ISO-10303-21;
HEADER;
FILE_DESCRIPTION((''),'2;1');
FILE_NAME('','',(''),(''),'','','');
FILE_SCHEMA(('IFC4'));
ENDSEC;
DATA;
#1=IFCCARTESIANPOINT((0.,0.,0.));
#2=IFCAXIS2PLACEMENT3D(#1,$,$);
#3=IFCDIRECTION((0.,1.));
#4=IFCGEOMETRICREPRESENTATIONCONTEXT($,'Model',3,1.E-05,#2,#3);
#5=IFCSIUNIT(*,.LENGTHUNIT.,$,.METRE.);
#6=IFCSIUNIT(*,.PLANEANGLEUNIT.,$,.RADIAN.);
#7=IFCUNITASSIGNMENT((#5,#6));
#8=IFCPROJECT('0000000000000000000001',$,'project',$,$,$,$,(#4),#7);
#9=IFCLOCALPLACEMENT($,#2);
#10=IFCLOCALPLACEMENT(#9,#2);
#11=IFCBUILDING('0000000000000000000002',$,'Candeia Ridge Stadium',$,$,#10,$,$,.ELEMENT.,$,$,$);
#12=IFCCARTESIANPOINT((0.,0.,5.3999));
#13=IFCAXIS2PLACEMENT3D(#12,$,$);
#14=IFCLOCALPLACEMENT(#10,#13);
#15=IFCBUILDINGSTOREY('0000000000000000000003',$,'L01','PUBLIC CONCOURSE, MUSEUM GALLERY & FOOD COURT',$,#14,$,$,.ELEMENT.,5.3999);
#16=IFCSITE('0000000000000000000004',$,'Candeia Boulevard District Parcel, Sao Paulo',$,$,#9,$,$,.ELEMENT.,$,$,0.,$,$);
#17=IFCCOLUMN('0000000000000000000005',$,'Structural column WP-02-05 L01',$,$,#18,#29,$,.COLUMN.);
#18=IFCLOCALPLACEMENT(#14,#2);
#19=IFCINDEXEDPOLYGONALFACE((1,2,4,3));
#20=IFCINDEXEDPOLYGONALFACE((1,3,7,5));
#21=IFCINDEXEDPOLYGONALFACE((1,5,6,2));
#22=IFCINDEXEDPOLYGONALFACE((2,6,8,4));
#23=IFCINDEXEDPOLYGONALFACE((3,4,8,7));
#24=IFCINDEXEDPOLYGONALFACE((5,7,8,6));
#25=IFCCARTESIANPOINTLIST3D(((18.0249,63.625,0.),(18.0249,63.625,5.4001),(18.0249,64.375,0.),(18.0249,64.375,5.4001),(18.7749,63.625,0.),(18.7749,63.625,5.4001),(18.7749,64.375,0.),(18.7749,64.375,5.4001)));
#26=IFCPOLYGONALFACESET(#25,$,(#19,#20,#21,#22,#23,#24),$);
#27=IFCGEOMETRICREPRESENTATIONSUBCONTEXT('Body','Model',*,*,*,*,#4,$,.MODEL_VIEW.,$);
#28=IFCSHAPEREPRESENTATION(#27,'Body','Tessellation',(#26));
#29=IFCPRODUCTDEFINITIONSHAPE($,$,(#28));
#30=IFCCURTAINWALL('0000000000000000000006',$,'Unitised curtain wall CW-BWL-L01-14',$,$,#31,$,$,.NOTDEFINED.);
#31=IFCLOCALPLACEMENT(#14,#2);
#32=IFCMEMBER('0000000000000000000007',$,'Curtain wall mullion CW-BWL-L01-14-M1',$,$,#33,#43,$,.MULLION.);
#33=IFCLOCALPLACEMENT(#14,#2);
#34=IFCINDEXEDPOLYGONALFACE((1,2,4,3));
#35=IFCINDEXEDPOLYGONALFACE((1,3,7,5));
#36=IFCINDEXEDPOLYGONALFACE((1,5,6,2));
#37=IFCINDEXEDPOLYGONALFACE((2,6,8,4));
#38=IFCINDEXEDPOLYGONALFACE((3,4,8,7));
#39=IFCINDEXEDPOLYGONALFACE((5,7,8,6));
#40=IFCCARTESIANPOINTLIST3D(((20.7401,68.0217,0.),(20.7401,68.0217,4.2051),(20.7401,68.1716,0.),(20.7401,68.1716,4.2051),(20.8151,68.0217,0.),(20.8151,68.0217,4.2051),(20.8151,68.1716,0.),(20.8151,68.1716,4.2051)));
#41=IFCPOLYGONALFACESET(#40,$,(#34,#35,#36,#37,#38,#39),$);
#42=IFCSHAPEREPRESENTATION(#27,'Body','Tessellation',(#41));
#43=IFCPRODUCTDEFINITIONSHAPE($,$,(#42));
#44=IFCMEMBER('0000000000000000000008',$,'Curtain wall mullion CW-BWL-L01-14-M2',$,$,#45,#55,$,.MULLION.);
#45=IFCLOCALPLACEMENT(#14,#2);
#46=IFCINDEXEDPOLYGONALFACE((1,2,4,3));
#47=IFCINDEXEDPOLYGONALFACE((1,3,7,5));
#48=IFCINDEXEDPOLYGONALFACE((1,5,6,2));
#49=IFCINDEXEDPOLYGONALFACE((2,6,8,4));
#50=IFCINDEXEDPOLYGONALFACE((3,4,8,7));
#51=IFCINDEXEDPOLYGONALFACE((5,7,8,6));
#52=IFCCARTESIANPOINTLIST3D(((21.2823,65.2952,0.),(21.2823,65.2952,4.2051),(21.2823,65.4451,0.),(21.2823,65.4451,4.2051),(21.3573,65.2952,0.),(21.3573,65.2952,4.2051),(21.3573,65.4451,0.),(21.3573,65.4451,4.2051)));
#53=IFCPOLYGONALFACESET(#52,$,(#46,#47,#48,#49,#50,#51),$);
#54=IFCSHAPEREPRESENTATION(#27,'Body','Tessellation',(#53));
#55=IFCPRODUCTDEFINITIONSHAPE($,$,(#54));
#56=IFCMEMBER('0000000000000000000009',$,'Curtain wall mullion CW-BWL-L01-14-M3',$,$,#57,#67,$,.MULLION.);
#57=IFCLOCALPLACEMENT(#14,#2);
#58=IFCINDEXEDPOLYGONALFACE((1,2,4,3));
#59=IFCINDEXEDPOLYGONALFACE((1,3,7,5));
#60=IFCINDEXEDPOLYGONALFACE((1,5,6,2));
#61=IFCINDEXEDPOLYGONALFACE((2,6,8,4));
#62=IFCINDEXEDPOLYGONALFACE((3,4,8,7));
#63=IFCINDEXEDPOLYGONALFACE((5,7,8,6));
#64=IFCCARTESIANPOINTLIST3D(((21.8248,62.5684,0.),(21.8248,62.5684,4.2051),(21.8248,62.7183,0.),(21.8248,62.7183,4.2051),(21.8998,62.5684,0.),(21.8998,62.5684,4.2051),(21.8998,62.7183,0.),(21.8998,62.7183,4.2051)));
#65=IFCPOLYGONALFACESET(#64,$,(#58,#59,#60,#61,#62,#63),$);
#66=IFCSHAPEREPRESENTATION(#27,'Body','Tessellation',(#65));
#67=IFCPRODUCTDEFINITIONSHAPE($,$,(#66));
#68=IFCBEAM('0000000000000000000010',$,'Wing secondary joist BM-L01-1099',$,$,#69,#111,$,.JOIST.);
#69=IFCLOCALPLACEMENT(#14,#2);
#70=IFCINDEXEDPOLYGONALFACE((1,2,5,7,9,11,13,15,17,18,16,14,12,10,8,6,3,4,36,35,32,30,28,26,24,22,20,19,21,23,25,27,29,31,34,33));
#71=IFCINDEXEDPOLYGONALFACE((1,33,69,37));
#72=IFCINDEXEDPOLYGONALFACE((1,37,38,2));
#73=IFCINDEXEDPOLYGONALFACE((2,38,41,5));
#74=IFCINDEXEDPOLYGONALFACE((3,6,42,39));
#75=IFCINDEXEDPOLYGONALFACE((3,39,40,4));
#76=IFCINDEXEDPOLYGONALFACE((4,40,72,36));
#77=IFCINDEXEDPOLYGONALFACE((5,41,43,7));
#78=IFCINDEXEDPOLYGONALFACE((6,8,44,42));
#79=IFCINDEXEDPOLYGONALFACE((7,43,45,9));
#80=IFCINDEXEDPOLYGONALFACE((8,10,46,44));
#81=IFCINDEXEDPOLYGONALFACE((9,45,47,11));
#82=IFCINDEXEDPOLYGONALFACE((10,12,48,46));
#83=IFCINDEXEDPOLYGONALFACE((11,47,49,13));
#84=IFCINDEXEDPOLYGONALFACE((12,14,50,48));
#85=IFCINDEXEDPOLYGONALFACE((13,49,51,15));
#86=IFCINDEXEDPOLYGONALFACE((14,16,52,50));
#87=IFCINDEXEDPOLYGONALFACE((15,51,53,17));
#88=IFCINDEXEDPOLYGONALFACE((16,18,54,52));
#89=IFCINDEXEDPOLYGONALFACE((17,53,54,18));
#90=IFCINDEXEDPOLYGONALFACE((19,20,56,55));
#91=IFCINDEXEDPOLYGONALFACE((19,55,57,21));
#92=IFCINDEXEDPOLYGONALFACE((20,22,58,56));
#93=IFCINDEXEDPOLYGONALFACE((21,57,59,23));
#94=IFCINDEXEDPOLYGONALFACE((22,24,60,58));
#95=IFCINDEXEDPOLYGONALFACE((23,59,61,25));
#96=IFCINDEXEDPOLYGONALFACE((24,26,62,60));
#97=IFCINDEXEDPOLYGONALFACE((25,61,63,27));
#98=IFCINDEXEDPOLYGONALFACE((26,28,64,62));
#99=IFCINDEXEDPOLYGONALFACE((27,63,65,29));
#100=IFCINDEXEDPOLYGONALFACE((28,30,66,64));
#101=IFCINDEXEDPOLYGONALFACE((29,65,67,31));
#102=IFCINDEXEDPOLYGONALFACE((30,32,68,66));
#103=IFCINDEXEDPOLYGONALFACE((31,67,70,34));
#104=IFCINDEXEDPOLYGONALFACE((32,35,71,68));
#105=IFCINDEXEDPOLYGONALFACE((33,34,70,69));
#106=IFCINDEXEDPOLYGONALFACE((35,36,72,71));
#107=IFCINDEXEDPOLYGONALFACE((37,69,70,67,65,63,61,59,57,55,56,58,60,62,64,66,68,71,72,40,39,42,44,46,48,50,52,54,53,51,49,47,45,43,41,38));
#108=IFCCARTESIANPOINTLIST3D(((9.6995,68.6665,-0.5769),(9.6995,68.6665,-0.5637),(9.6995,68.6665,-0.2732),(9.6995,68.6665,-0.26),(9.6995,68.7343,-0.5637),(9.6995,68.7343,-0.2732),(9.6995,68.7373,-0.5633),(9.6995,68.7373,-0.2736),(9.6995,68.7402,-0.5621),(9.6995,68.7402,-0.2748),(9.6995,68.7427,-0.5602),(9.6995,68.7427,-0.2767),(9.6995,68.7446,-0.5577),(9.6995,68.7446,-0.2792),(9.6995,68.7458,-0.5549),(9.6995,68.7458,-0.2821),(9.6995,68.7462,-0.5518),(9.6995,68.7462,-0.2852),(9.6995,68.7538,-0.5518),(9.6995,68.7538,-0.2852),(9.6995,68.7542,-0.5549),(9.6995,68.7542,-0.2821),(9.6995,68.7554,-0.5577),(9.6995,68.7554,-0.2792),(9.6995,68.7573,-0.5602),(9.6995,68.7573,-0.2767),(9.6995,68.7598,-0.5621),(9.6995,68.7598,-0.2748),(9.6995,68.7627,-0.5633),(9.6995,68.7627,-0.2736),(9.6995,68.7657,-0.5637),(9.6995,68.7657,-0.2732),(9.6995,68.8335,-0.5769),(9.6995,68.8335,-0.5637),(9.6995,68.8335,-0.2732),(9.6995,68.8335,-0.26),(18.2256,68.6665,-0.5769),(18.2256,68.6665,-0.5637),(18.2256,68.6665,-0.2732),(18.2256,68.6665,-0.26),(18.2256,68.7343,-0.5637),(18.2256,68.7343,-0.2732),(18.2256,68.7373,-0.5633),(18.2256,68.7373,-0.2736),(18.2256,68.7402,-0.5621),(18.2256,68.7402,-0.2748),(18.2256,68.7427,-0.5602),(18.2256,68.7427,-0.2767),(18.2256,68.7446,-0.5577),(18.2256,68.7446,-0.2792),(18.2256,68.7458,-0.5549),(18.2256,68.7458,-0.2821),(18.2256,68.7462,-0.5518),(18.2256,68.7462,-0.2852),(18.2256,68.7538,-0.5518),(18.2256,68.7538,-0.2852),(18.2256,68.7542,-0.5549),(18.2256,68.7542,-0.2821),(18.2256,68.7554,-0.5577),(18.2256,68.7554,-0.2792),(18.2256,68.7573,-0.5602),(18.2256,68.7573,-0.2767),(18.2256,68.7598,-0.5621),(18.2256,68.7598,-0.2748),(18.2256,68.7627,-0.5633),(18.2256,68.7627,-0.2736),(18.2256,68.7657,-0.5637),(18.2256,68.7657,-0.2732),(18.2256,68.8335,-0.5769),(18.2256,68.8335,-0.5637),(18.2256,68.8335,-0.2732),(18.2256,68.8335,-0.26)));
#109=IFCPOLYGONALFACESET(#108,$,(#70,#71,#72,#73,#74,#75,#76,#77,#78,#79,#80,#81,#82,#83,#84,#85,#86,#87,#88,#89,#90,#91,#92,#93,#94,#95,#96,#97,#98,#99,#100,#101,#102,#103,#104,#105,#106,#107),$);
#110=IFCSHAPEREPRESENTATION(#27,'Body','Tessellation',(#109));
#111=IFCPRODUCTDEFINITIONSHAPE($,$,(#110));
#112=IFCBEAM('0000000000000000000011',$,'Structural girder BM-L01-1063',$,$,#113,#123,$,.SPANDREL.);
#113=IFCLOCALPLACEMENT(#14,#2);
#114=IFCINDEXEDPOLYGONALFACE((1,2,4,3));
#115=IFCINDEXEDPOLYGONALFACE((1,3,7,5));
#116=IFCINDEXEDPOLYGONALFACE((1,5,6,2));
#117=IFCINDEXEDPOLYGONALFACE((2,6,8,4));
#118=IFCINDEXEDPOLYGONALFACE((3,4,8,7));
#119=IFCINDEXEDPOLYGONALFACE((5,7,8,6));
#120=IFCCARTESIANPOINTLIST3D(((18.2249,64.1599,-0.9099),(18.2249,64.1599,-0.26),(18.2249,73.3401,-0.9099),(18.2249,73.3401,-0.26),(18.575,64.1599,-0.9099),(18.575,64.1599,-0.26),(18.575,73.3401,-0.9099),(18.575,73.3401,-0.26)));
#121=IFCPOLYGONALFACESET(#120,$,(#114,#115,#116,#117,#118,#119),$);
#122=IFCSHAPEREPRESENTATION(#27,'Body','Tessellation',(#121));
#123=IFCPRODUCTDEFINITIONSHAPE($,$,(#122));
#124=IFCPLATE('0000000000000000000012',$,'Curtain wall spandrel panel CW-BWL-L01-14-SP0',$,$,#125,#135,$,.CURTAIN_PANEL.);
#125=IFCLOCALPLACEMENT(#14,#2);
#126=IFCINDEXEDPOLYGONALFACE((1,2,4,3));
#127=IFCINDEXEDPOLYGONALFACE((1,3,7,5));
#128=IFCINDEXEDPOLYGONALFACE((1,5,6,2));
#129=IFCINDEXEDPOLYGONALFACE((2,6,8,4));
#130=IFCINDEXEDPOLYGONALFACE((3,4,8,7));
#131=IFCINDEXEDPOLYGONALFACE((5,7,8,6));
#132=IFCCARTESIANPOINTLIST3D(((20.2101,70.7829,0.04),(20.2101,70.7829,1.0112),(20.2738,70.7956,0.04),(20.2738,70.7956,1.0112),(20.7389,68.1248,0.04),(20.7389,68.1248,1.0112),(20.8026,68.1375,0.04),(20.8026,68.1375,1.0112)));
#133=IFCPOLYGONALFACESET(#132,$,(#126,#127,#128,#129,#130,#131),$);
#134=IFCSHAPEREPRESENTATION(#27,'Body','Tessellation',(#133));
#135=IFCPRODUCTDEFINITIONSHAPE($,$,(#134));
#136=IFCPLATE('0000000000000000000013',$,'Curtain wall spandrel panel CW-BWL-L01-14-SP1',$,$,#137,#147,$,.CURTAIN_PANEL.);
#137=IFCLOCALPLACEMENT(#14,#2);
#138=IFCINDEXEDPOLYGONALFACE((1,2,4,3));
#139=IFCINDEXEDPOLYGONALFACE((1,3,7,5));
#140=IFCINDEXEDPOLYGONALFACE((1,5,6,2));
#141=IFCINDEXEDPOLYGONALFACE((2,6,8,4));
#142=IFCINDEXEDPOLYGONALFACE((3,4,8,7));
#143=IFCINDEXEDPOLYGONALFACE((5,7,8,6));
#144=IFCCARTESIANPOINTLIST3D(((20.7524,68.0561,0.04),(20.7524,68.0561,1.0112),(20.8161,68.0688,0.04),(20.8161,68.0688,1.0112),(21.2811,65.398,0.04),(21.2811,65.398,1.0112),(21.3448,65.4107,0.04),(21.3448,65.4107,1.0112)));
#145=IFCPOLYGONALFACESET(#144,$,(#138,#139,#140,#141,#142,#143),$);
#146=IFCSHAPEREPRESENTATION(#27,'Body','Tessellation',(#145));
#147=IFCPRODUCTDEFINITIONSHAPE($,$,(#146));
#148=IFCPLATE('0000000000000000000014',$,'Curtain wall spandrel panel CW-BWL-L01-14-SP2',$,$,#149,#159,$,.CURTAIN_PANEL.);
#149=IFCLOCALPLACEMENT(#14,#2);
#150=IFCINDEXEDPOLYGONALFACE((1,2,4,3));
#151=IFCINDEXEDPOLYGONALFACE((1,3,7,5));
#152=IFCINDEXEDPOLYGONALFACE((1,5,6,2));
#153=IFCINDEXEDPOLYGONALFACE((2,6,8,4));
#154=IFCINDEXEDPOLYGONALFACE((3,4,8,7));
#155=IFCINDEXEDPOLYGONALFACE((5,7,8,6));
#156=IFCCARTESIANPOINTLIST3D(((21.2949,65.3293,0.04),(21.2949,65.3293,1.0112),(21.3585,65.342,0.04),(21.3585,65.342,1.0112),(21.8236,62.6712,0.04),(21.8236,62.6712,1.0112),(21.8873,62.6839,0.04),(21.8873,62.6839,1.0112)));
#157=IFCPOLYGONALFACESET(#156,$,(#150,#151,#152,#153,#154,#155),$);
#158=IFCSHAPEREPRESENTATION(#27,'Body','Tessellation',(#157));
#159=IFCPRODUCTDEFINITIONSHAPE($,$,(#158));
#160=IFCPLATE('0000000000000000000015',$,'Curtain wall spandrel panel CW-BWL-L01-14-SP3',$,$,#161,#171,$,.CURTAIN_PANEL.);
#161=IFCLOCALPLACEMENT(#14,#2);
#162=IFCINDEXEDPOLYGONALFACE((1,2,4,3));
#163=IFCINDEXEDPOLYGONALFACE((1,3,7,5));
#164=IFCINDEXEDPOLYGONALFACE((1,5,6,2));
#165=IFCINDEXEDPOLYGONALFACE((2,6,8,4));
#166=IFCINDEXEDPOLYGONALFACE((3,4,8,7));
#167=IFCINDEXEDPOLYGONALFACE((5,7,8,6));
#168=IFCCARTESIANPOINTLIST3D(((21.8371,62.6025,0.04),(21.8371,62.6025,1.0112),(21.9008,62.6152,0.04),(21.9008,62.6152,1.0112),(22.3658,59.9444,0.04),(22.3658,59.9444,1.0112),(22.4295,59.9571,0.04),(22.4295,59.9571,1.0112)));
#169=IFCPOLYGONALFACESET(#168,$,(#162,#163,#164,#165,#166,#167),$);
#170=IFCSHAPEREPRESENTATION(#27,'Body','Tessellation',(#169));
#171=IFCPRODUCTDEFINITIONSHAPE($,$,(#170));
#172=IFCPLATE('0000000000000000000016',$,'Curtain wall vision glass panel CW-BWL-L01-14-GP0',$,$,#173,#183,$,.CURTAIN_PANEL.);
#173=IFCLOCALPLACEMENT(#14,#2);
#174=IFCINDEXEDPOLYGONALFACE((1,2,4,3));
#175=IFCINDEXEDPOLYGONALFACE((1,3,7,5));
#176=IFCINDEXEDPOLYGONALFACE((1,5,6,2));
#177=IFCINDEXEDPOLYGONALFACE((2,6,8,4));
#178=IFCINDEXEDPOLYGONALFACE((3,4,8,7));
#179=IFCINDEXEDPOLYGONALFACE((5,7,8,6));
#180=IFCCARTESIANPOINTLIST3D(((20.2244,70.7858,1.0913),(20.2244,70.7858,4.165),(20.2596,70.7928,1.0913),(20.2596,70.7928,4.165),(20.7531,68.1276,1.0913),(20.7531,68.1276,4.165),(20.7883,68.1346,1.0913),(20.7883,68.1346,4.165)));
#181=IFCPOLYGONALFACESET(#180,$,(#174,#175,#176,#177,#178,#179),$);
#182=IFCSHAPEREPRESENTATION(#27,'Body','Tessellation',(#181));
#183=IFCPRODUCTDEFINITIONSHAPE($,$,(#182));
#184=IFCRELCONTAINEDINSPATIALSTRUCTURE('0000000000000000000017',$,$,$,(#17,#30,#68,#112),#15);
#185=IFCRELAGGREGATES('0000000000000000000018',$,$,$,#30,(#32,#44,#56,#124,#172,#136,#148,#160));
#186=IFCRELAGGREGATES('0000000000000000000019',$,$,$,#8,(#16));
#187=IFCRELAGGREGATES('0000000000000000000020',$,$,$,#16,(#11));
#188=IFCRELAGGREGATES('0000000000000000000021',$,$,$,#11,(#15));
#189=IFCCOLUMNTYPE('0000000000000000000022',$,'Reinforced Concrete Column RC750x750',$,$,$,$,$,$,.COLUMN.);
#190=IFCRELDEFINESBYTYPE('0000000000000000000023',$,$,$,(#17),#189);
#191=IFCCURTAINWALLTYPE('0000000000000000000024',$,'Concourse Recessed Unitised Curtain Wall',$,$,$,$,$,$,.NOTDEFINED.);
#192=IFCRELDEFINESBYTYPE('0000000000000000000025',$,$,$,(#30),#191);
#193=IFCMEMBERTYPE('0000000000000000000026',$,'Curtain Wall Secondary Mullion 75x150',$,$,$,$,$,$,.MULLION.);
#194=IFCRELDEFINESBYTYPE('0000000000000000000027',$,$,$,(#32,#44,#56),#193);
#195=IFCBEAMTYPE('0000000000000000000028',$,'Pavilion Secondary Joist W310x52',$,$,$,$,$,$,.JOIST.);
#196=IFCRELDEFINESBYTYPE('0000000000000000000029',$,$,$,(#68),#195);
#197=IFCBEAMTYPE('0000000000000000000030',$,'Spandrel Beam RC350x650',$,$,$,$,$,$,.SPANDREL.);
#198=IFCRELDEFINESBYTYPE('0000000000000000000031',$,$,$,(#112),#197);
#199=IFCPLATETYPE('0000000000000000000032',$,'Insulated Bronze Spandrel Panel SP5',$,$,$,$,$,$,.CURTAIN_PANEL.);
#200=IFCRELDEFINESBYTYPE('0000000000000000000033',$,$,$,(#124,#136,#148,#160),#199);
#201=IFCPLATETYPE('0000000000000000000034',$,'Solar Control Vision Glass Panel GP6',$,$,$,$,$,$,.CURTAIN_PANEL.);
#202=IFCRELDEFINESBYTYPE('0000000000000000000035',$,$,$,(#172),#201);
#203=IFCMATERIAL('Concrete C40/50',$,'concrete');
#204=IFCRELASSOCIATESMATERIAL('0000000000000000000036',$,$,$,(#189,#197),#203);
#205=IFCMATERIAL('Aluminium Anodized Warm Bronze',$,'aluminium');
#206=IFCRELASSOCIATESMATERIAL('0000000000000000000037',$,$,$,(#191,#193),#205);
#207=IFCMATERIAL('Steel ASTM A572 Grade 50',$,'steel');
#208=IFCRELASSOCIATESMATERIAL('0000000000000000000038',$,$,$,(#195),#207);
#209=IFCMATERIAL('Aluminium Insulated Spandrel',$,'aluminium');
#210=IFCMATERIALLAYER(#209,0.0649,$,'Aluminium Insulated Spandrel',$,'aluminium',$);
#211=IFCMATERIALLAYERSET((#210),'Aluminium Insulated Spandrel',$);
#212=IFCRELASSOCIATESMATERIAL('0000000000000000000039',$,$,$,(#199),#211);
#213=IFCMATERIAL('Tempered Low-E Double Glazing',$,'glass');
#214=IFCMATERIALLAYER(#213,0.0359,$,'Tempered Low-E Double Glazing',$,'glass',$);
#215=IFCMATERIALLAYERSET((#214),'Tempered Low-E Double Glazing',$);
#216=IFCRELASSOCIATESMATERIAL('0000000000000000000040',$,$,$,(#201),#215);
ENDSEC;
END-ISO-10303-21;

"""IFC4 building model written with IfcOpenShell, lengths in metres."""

from ifc_helpers import new_model, si_unit, direction, frame, origin, origin_2d, place, context, subcontext, project, spatial, rectangle, i_section, extrude, material, layer, layer_set, material_profile, profile_set, type_object, element, aggregate, save


model = new_model("IFC4")

# Units and contexts
model_context = context("Model", 3, precision=1e-05, world=origin(), true_north=direction((0.0, 1.0)))
body_context = subcontext(model_context, "Body", "Model", "MODEL_VIEW")
ifc_project = project(units=[si_unit("LENGTHUNIT", "METRE"), si_unit("PLANEANGLEUNIT", "RADIAN")], contexts=[model_context])

# Site, building, storey
site_placement = place(None, origin())
site = spatial("IfcSite", under=ifc_project, at=site_placement, Name="Candeia Boulevard District Parcel, Sao Paulo", CompositionType="ELEMENT", RefElevation=0.0)
building_placement = place(site_placement, origin())
building = spatial("IfcBuilding", under=site, at=building_placement, Name="Candeia Ridge Stadium", CompositionType="ELEMENT")
storey_placement = place(building_placement, frame((0.0, 0.0, 5.3999)))
storey = spatial("IfcBuildingStorey", under=building, at=storey_placement, Name="L01", Description="PUBLIC CONCOURSE, MUSEUM GALLERY & FOOD COURT", CompositionType="ELEMENT", Elevation=5.3999)

# Column
ifc_material_1 = material(Name="Concrete C40/50", Category="concrete")
ifc_material_profile_1 = material_profile(ifc_material_1, rectangle(XDim=0.75, YDim=0.75, at=origin_2d()), Name="RC750x750", Category="concrete")
ifc_profile_set_1 = profile_set([ifc_material_profile_1], Name="Concrete C40/50")
column_type = type_object("IfcColumnType", Name="Reinforced Concrete Column RC750x750", PredefinedType="COLUMN", material=ifc_profile_set_1)
column_placement = place(storey_placement, frame((18.3999, 64.0, 0.0), z_axis=(0.0, 0.0, 1.0), x_axis=(1.0, 0.0, 0.0)))
element("IfcColumn", 1, at=column_placement, inside=storey, type_object=column_type, Name="Structural column WP-02-05 L01", PredefinedType="COLUMN", context=body_context, shape_type="SweptSolid", body=[
    extrude(rectangle(XDim=0.75, YDim=0.75, at=origin_2d()), origin(), (0.0, 0.0, 1.0), 5.4001),
])

# Curtain wall, members
ifc_material_2 = material(Name="Aluminium Anodized Warm Bronze", Category="aluminium")
curtain_wall_type = type_object("IfcCurtainWallType", Name="Concourse Recessed Unitised Curtain Wall", PredefinedType="NOTDEFINED", material=ifc_material_2)
curtain_wall_placement = place(storey_placement, origin())
curtain_wall = element("IfcCurtainWall", 2, at=curtain_wall_placement, inside=storey, type_object=curtain_wall_type, Name="Unitised curtain wall CW-BWL-L01-14", PredefinedType="NOTDEFINED")
ifc_material_profile_2 = material_profile(ifc_material_2, rectangle(XDim=0.075, YDim=0.1499, at=origin_2d()), Name="CWM-75x150", Category="aluminium")
ifc_profile_set_2 = profile_set([ifc_material_profile_2], Name="Aluminium Anodized Warm Bronze")
member_type = type_object("IfcMemberType", Name="Curtain Wall Secondary Mullion 75x150", PredefinedType="MULLION", material=ifc_profile_set_2)
member_1_placement = place(storey_placement, frame((20.7776, 68.0967, 0.0), z_axis=(0.0, 0.0, 1.0), x_axis=(1.0, 0.0, 0.0)))
member_1 = element("IfcMember", 3, at=member_1_placement, type_object=member_type, Name="Curtain wall mullion CW-BWL-L01-14-M1", PredefinedType="MULLION", context=body_context, shape_type="SweptSolid", body=[
    extrude(rectangle(XDim=0.075, YDim=0.1499, at=origin_2d()), origin(), (0.0, 0.0, 1.0), 4.2051),
])
member_2_placement = place(storey_placement, frame((21.3198, 65.3701, 0.0), z_axis=(0.0, 0.0, 1.0), x_axis=(1.0, 0.0, 0.0)))
member_2 = element("IfcMember", 4, at=member_2_placement, type_object=member_type, Name="Curtain wall mullion CW-BWL-L01-14-M2", PredefinedType="MULLION", context=body_context, shape_type="SweptSolid", body=[
    extrude(rectangle(XDim=0.075, YDim=0.1499, at=origin_2d()), origin(), (0.0, 0.0, 1.0), 4.2051),
])
member_3_placement = place(storey_placement, frame((21.8623, 62.6433, 0.0), z_axis=(0.0, 0.0, 1.0), x_axis=(1.0, 0.0, 0.0)))
member_3 = element("IfcMember", 5, at=member_3_placement, type_object=member_type, Name="Curtain wall mullion CW-BWL-L01-14-M3", PredefinedType="MULLION", context=body_context, shape_type="SweptSolid", body=[
    extrude(rectangle(XDim=0.075, YDim=0.1499, at=origin_2d()), origin(), (0.0, 0.0, 1.0), 4.2051),
])

# Beams
ifc_material_3 = material(Name="Steel ASTM A572 Grade 50", Category="steel")
ifc_material_profile_3 = material_profile(ifc_material_3, i_section(OverallWidth=0.167, OverallDepth=0.3169, WebThickness=0.0076, FlangeThickness=0.0132, FilletRadius=0.012, at=origin_2d()), Name="W310x52", Category="steel")
ifc_profile_set_3 = profile_set([ifc_material_profile_3], Name="Steel ASTM A572 Grade 50")
beam_type_1 = type_object("IfcBeamType", Name="Pavilion Secondary Joist W310x52", PredefinedType="JOIST", material=ifc_profile_set_3)
beam_1_placement = place(storey_placement, frame((9.6995, 68.75, -0.4185), z_axis=(1.0, 0.0, 0.0), x_axis=(0.0, 1.0, 0.0)))
element("IfcBeam", 6, at=beam_1_placement, inside=storey, type_object=beam_type_1, Name="Wing secondary joist BM-L01-1099", PredefinedType="JOIST", context=body_context, shape_type="SweptSolid", body=[
    extrude(i_section(OverallWidth=0.167, OverallDepth=0.3169, WebThickness=0.0076, FlangeThickness=0.0132, FilletRadius=0.012, at=origin_2d()), origin(), (0.0, 0.0, 1.0), 8.5261),
])
ifc_material_profile_4 = material_profile(ifc_material_1, rectangle(XDim=0.3501, YDim=0.6499, at=origin_2d()), Name="RC350x650", Category="concrete")
ifc_profile_set_4 = profile_set([ifc_material_profile_4], Name="Concrete C40/50")
beam_type_2 = type_object("IfcBeamType", Name="Spandrel Beam RC350x650", PredefinedType="SPANDREL", material=ifc_profile_set_4)
beam_2_placement = place(storey_placement, frame((18.3999, 64.1599, -0.585), z_axis=(0.0, 1.0, 0.0), x_axis=(-1.0, 0.0, 0.0)))
element("IfcBeam", 7, at=beam_2_placement, inside=storey, type_object=beam_type_2, Name="Structural girder BM-L01-1063", PredefinedType="SPANDREL", context=body_context, shape_type="SweptSolid", body=[
    extrude(rectangle(XDim=0.3501, YDim=0.6499, at=origin_2d()), origin(), (0.0, 0.0, 1.0), 9.1802),
])

# Plates
ifc_material_4 = material(Name="Aluminium Insulated Spandrel", Category="aluminium")
ifc_layer_1 = layer(ifc_material_4, 0.0649, Name="Aluminium Insulated Spandrel", Category="aluminium")
ifc_layer_set_1 = layer_set([ifc_layer_1], Name="Aluminium Insulated Spandrel")
plate_type_1 = type_object("IfcPlateType", Name="Insulated Bronze Spandrel Panel SP5", PredefinedType="CURTAIN_PANEL", material=ifc_layer_set_1)
plate_1_placement = place(storey_placement, frame((20.5063, 69.4602, 0.04), z_axis=(0.0, 0.0, 1.0), x_axis=(0.19509, -0.980785, 0.0)))
plate_1 = element("IfcPlate", 8, at=plate_1_placement, type_object=plate_type_1, Name="Curtain wall spandrel panel CW-BWL-L01-14-SP0", PredefinedType="CURTAIN_PANEL", context=body_context, shape_type="SweptSolid", body=[
    extrude(rectangle(XDim=2.7102, YDim=0.0649, at=origin_2d()), origin(), (0.0, 0.0, 1.0), 0.9712),
])
plate_2_placement = place(storey_placement, frame((21.0486, 66.7334, 0.04), z_axis=(0.0, 0.0, 1.0), x_axis=(0.19509, -0.980785, 0.0)))
plate_2 = element("IfcPlate", 9, at=plate_2_placement, type_object=plate_type_1, Name="Curtain wall spandrel panel CW-BWL-L01-14-SP1", PredefinedType="CURTAIN_PANEL", context=body_context, shape_type="SweptSolid", body=[
    extrude(rectangle(XDim=2.7102, YDim=0.0649, at=origin_2d()), origin(), (0.0, 0.0, 1.0), 0.9712),
])
plate_3_placement = place(storey_placement, frame((21.5911, 64.0066, 0.04), z_axis=(0.0, 0.0, 1.0), x_axis=(0.19509, -0.980785, 0.0)))
plate_3 = element("IfcPlate", 10, at=plate_3_placement, type_object=plate_type_1, Name="Curtain wall spandrel panel CW-BWL-L01-14-SP2", PredefinedType="CURTAIN_PANEL", context=body_context, shape_type="SweptSolid", body=[
    extrude(rectangle(XDim=2.7102, YDim=0.0649, at=origin_2d()), origin(), (0.0, 0.0, 1.0), 0.9712),
])
plate_4_placement = place(storey_placement, frame((22.1333, 61.2798, 0.04), z_axis=(0.0, 0.0, 1.0), x_axis=(0.19509, -0.980785, 0.0)))
plate_4 = element("IfcPlate", 11, at=plate_4_placement, type_object=plate_type_1, Name="Curtain wall spandrel panel CW-BWL-L01-14-SP3", PredefinedType="CURTAIN_PANEL", context=body_context, shape_type="SweptSolid", body=[
    extrude(rectangle(XDim=2.7102, YDim=0.0649, at=origin_2d()), origin(), (0.0, 0.0, 1.0), 0.9712),
])
ifc_material_5 = material(Name="Tempered Low-E Double Glazing", Category="glass")
ifc_layer_2 = layer(ifc_material_5, 0.0359, Name="Tempered Low-E Double Glazing", Category="glass")
ifc_layer_set_2 = layer_set([ifc_layer_2], Name="Tempered Low-E Double Glazing")
plate_type_2 = type_object("IfcPlateType", Name="Solar Control Vision Glass Panel GP6", PredefinedType="CURTAIN_PANEL", material=ifc_layer_set_2)
plate_5_placement = place(storey_placement, frame((20.5063, 69.4602, 1.0913), z_axis=(0.0, 0.0, 1.0), x_axis=(0.19509, -0.980785, 0.0)))
plate_5 = element("IfcPlate", 12, at=plate_5_placement, type_object=plate_type_2, Name="Curtain wall vision glass panel CW-BWL-L01-14-GP0", PredefinedType="CURTAIN_PANEL", context=body_context, shape_type="SweptSolid", body=[
    extrude(rectangle(XDim=2.7102, YDim=0.0359, at=origin_2d()), origin(), (0.0, 0.0, 1.0), 3.0737),
])
aggregate(curtain_wall, [member_1, member_2, member_3, plate_1, plate_5, plate_2, plate_3, plate_4])

save(model, "model.ifc")
